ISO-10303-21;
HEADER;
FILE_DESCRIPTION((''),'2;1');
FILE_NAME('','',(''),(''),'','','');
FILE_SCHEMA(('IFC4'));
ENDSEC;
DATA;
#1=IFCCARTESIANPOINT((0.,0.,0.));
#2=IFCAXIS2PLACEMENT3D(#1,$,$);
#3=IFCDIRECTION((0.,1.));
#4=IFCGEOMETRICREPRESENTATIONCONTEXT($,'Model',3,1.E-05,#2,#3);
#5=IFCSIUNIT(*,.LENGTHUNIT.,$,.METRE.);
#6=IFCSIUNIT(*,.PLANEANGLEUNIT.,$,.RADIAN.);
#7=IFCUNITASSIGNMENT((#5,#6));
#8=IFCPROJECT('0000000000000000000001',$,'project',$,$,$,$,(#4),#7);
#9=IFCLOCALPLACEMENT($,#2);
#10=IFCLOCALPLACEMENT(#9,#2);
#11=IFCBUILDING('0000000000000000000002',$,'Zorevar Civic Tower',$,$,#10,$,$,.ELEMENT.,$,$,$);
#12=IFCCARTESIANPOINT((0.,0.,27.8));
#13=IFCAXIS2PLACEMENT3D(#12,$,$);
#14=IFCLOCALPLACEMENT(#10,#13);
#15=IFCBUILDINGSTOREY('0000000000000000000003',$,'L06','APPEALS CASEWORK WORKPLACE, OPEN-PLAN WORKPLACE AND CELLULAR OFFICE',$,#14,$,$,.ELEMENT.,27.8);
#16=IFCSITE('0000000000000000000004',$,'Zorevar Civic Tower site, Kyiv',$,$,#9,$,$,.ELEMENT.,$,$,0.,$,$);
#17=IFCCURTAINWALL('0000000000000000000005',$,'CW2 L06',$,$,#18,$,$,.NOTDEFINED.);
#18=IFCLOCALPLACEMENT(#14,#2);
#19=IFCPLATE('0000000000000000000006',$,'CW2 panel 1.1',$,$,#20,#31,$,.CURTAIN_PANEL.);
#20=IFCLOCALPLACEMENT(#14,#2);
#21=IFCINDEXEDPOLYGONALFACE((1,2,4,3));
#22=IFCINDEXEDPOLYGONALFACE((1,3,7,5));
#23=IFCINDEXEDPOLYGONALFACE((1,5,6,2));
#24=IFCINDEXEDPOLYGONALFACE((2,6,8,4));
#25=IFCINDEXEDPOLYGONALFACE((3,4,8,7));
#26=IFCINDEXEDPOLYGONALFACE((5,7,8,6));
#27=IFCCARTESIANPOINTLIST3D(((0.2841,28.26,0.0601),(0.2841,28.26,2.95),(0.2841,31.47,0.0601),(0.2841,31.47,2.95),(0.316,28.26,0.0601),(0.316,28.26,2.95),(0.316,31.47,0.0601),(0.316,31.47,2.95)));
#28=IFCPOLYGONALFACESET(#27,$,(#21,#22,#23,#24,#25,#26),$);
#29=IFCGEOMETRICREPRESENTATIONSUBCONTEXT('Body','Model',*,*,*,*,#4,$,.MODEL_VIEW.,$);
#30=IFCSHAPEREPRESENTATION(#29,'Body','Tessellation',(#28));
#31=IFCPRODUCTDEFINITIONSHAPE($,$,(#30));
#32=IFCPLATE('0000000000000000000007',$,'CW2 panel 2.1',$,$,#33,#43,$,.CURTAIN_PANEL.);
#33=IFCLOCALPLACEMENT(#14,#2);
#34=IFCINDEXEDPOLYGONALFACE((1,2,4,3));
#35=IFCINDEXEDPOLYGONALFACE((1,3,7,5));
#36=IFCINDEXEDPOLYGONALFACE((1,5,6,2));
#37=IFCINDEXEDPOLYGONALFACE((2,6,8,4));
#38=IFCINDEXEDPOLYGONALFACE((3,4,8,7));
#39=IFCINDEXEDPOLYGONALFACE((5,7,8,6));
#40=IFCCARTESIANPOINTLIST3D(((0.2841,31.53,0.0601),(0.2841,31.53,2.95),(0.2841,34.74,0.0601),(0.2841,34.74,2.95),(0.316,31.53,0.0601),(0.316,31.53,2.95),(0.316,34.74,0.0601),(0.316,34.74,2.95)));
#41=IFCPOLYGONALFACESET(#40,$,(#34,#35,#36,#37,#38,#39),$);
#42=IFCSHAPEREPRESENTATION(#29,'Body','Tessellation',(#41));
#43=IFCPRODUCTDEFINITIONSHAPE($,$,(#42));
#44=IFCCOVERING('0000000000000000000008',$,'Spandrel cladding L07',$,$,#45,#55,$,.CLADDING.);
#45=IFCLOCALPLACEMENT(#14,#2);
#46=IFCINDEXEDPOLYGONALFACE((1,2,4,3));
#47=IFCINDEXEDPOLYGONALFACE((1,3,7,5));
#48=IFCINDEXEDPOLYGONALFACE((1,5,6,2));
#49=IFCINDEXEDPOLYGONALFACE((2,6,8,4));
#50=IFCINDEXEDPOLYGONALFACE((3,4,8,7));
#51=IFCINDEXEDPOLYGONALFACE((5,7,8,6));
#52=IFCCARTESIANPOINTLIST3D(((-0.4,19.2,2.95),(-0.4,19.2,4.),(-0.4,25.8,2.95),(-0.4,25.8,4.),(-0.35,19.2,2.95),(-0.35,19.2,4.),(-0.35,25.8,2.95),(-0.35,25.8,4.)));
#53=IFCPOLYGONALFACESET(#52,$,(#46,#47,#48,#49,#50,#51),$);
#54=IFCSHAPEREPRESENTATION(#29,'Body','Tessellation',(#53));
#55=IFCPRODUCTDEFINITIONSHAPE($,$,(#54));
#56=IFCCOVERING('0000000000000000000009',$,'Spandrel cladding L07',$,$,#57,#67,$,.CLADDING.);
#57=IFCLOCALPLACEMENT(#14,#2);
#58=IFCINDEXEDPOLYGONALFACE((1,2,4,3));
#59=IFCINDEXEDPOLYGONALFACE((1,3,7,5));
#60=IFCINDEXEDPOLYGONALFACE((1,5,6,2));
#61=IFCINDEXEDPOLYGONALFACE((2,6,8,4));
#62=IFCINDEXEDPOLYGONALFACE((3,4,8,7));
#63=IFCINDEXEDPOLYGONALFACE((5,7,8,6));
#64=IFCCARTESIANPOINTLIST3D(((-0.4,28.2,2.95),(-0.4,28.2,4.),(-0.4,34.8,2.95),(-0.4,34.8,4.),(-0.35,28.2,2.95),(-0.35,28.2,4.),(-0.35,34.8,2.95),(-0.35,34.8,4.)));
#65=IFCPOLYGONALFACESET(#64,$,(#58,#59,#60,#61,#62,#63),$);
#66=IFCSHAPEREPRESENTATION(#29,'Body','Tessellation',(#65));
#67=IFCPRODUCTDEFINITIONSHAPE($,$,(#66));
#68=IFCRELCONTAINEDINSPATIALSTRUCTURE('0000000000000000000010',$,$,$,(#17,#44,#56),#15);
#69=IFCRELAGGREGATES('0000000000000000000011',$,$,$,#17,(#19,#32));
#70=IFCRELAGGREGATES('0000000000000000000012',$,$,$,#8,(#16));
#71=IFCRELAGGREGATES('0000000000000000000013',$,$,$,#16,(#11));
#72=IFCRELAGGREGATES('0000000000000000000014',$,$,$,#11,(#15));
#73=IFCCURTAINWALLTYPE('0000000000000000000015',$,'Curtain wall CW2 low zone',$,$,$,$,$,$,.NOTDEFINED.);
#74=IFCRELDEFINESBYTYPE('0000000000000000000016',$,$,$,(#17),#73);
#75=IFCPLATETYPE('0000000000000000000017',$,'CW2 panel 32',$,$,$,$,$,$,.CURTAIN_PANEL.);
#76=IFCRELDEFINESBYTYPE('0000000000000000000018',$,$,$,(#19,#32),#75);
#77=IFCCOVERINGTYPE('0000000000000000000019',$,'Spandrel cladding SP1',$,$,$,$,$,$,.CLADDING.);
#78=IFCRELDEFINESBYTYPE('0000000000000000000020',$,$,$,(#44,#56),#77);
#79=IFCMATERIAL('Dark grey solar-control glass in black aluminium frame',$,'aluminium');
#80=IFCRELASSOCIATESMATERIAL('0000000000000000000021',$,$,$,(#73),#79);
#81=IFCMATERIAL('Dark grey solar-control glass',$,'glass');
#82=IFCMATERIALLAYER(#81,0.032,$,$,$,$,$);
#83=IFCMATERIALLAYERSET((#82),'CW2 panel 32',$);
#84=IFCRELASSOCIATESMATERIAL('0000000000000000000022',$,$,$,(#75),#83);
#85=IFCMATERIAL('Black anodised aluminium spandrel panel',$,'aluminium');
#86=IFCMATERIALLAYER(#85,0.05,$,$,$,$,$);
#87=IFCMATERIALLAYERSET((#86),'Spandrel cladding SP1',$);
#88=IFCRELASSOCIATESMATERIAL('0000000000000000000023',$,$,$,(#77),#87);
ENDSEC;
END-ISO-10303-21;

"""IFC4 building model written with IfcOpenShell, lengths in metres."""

from ifc_helpers import new_model, si_unit, direction, frame, frame_2d, origin, origin_2d, place, context, subcontext, project, spatial, rectangle, extrude, material, layer, layer_set, type_object, element, aggregate, save


model = new_model("IFC4")

# Units and contexts
model_context = context("Model", 3, precision=1e-05, world=origin(), true_north=direction((0.0, 1.0)))
body_context = subcontext(model_context, "Body", "Model", "MODEL_VIEW")
ifc_project = project(units=[si_unit("LENGTHUNIT", "METRE"), si_unit("PLANEANGLEUNIT", "RADIAN")], contexts=[model_context])

# Site, building, storey
site_placement = place(None, origin())
site = spatial("IfcSite", under=ifc_project, at=site_placement, Name="Zorevar Civic Tower site, Kyiv", CompositionType="ELEMENT", RefElevation=0.0)
building_placement = place(site_placement, origin())
building = spatial("IfcBuilding", under=site, at=building_placement, Name="Zorevar Civic Tower", CompositionType="ELEMENT")
storey_placement = place(building_placement, frame((0.0, 0.0, 27.8)))
storey = spatial("IfcBuildingStorey", under=building, at=storey_placement, Name="L06", Description="APPEALS CASEWORK WORKPLACE, OPEN-PLAN WORKPLACE AND CELLULAR OFFICE", CompositionType="ELEMENT", Elevation=27.8)

# Curtain wall
ifc_material_1 = material(Name="Dark grey solar-control glass in black aluminium frame", Category="aluminium")
curtain_wall_type = type_object("IfcCurtainWallType", Name="Curtain wall CW2 low zone", PredefinedType="NOTDEFINED", material=ifc_material_1)
curtain_wall_1_placement = place(storey_placement, origin())
curtain_wall_1 = element("IfcCurtainWall", 1, at=curtain_wall_1_placement, inside=storey, type_object=curtain_wall_type, Name="CW2 L06", PredefinedType="NOTDEFINED")

# Plates
ifc_material_2 = material(Name="Dark grey solar-control glass", Category="glass")
ifc_layer_1 = layer(ifc_material_2, 0.032)
ifc_layer_set_1 = layer_set([ifc_layer_1], Name="CW2 panel 32")
plate_type = type_object("IfcPlateType", Name="CW2 panel 32", PredefinedType="CURTAIN_PANEL", material=ifc_layer_set_1)
plate_1_placement = place(storey_placement, frame((0.3, 29.865, 0.0601), z_axis=(0.0, 0.0, 1.0), x_axis=(0.0, 1.0, 0.0)))
plate_1 = element("IfcPlate", 2, at=plate_1_placement, type_object=plate_type, Name="CW2 panel 1.1", PredefinedType="CURTAIN_PANEL", context=body_context, shape_type="SweptSolid", body=[
    extrude(rectangle(XDim=3.21, YDim=0.032, at=origin_2d()), origin(), (0.0, 0.0, 1.0), 2.8899),
])
plate_2_placement = place(storey_placement, frame((0.3, 33.135, 0.0601), z_axis=(0.0, 0.0, 1.0), x_axis=(0.0, 1.0, 0.0)))
plate_2 = element("IfcPlate", 3, at=plate_2_placement, type_object=plate_type, Name="CW2 panel 2.1", PredefinedType="CURTAIN_PANEL", context=body_context, shape_type="SweptSolid", body=[
    extrude(rectangle(XDim=3.21, YDim=0.032, at=origin_2d()), origin(), (0.0, 0.0, 1.0), 2.8899),
])
aggregate(curtain_wall_1, [plate_1, plate_2])

# Coverings
ifc_material_3 = material(Name="Black anodised aluminium spandrel panel", Category="aluminium")
ifc_layer_2 = layer(ifc_material_3, 0.05)
ifc_layer_set_2 = layer_set([ifc_layer_2], Name="Spandrel cladding SP1")
covering_type = type_object("IfcCoveringType", Name="Spandrel cladding SP1", PredefinedType="CLADDING", material=ifc_layer_set_2)
for number, where, z_axis, x_axis, name in (
    (4, (-0.375, 19.2, 2.95), (0.0, 0.0, 1.0), (0.0, 1.0, 0.0), "Spandrel cladding L07"),
    (5, (-0.375, 28.2, 2.95), (0.0, 0.0, 1.0), (0.0, 1.0, 0.0), "Spandrel cladding L07"),
):
    element("IfcCovering", number, at=place(storey_placement, frame(where, z_axis=z_axis, x_axis=x_axis)), inside=storey, type_object=covering_type, Name=name, PredefinedType="CLADDING", context=body_context, shape_type="SweptSolid", body=[
        extrude(rectangle(XDim=6.6001, YDim=0.05, at=frame_2d((3.3, 0.0))), origin(), (0.0, 0.0, 1.0), 1.05),
    ])

save(model, "model.ifc")
